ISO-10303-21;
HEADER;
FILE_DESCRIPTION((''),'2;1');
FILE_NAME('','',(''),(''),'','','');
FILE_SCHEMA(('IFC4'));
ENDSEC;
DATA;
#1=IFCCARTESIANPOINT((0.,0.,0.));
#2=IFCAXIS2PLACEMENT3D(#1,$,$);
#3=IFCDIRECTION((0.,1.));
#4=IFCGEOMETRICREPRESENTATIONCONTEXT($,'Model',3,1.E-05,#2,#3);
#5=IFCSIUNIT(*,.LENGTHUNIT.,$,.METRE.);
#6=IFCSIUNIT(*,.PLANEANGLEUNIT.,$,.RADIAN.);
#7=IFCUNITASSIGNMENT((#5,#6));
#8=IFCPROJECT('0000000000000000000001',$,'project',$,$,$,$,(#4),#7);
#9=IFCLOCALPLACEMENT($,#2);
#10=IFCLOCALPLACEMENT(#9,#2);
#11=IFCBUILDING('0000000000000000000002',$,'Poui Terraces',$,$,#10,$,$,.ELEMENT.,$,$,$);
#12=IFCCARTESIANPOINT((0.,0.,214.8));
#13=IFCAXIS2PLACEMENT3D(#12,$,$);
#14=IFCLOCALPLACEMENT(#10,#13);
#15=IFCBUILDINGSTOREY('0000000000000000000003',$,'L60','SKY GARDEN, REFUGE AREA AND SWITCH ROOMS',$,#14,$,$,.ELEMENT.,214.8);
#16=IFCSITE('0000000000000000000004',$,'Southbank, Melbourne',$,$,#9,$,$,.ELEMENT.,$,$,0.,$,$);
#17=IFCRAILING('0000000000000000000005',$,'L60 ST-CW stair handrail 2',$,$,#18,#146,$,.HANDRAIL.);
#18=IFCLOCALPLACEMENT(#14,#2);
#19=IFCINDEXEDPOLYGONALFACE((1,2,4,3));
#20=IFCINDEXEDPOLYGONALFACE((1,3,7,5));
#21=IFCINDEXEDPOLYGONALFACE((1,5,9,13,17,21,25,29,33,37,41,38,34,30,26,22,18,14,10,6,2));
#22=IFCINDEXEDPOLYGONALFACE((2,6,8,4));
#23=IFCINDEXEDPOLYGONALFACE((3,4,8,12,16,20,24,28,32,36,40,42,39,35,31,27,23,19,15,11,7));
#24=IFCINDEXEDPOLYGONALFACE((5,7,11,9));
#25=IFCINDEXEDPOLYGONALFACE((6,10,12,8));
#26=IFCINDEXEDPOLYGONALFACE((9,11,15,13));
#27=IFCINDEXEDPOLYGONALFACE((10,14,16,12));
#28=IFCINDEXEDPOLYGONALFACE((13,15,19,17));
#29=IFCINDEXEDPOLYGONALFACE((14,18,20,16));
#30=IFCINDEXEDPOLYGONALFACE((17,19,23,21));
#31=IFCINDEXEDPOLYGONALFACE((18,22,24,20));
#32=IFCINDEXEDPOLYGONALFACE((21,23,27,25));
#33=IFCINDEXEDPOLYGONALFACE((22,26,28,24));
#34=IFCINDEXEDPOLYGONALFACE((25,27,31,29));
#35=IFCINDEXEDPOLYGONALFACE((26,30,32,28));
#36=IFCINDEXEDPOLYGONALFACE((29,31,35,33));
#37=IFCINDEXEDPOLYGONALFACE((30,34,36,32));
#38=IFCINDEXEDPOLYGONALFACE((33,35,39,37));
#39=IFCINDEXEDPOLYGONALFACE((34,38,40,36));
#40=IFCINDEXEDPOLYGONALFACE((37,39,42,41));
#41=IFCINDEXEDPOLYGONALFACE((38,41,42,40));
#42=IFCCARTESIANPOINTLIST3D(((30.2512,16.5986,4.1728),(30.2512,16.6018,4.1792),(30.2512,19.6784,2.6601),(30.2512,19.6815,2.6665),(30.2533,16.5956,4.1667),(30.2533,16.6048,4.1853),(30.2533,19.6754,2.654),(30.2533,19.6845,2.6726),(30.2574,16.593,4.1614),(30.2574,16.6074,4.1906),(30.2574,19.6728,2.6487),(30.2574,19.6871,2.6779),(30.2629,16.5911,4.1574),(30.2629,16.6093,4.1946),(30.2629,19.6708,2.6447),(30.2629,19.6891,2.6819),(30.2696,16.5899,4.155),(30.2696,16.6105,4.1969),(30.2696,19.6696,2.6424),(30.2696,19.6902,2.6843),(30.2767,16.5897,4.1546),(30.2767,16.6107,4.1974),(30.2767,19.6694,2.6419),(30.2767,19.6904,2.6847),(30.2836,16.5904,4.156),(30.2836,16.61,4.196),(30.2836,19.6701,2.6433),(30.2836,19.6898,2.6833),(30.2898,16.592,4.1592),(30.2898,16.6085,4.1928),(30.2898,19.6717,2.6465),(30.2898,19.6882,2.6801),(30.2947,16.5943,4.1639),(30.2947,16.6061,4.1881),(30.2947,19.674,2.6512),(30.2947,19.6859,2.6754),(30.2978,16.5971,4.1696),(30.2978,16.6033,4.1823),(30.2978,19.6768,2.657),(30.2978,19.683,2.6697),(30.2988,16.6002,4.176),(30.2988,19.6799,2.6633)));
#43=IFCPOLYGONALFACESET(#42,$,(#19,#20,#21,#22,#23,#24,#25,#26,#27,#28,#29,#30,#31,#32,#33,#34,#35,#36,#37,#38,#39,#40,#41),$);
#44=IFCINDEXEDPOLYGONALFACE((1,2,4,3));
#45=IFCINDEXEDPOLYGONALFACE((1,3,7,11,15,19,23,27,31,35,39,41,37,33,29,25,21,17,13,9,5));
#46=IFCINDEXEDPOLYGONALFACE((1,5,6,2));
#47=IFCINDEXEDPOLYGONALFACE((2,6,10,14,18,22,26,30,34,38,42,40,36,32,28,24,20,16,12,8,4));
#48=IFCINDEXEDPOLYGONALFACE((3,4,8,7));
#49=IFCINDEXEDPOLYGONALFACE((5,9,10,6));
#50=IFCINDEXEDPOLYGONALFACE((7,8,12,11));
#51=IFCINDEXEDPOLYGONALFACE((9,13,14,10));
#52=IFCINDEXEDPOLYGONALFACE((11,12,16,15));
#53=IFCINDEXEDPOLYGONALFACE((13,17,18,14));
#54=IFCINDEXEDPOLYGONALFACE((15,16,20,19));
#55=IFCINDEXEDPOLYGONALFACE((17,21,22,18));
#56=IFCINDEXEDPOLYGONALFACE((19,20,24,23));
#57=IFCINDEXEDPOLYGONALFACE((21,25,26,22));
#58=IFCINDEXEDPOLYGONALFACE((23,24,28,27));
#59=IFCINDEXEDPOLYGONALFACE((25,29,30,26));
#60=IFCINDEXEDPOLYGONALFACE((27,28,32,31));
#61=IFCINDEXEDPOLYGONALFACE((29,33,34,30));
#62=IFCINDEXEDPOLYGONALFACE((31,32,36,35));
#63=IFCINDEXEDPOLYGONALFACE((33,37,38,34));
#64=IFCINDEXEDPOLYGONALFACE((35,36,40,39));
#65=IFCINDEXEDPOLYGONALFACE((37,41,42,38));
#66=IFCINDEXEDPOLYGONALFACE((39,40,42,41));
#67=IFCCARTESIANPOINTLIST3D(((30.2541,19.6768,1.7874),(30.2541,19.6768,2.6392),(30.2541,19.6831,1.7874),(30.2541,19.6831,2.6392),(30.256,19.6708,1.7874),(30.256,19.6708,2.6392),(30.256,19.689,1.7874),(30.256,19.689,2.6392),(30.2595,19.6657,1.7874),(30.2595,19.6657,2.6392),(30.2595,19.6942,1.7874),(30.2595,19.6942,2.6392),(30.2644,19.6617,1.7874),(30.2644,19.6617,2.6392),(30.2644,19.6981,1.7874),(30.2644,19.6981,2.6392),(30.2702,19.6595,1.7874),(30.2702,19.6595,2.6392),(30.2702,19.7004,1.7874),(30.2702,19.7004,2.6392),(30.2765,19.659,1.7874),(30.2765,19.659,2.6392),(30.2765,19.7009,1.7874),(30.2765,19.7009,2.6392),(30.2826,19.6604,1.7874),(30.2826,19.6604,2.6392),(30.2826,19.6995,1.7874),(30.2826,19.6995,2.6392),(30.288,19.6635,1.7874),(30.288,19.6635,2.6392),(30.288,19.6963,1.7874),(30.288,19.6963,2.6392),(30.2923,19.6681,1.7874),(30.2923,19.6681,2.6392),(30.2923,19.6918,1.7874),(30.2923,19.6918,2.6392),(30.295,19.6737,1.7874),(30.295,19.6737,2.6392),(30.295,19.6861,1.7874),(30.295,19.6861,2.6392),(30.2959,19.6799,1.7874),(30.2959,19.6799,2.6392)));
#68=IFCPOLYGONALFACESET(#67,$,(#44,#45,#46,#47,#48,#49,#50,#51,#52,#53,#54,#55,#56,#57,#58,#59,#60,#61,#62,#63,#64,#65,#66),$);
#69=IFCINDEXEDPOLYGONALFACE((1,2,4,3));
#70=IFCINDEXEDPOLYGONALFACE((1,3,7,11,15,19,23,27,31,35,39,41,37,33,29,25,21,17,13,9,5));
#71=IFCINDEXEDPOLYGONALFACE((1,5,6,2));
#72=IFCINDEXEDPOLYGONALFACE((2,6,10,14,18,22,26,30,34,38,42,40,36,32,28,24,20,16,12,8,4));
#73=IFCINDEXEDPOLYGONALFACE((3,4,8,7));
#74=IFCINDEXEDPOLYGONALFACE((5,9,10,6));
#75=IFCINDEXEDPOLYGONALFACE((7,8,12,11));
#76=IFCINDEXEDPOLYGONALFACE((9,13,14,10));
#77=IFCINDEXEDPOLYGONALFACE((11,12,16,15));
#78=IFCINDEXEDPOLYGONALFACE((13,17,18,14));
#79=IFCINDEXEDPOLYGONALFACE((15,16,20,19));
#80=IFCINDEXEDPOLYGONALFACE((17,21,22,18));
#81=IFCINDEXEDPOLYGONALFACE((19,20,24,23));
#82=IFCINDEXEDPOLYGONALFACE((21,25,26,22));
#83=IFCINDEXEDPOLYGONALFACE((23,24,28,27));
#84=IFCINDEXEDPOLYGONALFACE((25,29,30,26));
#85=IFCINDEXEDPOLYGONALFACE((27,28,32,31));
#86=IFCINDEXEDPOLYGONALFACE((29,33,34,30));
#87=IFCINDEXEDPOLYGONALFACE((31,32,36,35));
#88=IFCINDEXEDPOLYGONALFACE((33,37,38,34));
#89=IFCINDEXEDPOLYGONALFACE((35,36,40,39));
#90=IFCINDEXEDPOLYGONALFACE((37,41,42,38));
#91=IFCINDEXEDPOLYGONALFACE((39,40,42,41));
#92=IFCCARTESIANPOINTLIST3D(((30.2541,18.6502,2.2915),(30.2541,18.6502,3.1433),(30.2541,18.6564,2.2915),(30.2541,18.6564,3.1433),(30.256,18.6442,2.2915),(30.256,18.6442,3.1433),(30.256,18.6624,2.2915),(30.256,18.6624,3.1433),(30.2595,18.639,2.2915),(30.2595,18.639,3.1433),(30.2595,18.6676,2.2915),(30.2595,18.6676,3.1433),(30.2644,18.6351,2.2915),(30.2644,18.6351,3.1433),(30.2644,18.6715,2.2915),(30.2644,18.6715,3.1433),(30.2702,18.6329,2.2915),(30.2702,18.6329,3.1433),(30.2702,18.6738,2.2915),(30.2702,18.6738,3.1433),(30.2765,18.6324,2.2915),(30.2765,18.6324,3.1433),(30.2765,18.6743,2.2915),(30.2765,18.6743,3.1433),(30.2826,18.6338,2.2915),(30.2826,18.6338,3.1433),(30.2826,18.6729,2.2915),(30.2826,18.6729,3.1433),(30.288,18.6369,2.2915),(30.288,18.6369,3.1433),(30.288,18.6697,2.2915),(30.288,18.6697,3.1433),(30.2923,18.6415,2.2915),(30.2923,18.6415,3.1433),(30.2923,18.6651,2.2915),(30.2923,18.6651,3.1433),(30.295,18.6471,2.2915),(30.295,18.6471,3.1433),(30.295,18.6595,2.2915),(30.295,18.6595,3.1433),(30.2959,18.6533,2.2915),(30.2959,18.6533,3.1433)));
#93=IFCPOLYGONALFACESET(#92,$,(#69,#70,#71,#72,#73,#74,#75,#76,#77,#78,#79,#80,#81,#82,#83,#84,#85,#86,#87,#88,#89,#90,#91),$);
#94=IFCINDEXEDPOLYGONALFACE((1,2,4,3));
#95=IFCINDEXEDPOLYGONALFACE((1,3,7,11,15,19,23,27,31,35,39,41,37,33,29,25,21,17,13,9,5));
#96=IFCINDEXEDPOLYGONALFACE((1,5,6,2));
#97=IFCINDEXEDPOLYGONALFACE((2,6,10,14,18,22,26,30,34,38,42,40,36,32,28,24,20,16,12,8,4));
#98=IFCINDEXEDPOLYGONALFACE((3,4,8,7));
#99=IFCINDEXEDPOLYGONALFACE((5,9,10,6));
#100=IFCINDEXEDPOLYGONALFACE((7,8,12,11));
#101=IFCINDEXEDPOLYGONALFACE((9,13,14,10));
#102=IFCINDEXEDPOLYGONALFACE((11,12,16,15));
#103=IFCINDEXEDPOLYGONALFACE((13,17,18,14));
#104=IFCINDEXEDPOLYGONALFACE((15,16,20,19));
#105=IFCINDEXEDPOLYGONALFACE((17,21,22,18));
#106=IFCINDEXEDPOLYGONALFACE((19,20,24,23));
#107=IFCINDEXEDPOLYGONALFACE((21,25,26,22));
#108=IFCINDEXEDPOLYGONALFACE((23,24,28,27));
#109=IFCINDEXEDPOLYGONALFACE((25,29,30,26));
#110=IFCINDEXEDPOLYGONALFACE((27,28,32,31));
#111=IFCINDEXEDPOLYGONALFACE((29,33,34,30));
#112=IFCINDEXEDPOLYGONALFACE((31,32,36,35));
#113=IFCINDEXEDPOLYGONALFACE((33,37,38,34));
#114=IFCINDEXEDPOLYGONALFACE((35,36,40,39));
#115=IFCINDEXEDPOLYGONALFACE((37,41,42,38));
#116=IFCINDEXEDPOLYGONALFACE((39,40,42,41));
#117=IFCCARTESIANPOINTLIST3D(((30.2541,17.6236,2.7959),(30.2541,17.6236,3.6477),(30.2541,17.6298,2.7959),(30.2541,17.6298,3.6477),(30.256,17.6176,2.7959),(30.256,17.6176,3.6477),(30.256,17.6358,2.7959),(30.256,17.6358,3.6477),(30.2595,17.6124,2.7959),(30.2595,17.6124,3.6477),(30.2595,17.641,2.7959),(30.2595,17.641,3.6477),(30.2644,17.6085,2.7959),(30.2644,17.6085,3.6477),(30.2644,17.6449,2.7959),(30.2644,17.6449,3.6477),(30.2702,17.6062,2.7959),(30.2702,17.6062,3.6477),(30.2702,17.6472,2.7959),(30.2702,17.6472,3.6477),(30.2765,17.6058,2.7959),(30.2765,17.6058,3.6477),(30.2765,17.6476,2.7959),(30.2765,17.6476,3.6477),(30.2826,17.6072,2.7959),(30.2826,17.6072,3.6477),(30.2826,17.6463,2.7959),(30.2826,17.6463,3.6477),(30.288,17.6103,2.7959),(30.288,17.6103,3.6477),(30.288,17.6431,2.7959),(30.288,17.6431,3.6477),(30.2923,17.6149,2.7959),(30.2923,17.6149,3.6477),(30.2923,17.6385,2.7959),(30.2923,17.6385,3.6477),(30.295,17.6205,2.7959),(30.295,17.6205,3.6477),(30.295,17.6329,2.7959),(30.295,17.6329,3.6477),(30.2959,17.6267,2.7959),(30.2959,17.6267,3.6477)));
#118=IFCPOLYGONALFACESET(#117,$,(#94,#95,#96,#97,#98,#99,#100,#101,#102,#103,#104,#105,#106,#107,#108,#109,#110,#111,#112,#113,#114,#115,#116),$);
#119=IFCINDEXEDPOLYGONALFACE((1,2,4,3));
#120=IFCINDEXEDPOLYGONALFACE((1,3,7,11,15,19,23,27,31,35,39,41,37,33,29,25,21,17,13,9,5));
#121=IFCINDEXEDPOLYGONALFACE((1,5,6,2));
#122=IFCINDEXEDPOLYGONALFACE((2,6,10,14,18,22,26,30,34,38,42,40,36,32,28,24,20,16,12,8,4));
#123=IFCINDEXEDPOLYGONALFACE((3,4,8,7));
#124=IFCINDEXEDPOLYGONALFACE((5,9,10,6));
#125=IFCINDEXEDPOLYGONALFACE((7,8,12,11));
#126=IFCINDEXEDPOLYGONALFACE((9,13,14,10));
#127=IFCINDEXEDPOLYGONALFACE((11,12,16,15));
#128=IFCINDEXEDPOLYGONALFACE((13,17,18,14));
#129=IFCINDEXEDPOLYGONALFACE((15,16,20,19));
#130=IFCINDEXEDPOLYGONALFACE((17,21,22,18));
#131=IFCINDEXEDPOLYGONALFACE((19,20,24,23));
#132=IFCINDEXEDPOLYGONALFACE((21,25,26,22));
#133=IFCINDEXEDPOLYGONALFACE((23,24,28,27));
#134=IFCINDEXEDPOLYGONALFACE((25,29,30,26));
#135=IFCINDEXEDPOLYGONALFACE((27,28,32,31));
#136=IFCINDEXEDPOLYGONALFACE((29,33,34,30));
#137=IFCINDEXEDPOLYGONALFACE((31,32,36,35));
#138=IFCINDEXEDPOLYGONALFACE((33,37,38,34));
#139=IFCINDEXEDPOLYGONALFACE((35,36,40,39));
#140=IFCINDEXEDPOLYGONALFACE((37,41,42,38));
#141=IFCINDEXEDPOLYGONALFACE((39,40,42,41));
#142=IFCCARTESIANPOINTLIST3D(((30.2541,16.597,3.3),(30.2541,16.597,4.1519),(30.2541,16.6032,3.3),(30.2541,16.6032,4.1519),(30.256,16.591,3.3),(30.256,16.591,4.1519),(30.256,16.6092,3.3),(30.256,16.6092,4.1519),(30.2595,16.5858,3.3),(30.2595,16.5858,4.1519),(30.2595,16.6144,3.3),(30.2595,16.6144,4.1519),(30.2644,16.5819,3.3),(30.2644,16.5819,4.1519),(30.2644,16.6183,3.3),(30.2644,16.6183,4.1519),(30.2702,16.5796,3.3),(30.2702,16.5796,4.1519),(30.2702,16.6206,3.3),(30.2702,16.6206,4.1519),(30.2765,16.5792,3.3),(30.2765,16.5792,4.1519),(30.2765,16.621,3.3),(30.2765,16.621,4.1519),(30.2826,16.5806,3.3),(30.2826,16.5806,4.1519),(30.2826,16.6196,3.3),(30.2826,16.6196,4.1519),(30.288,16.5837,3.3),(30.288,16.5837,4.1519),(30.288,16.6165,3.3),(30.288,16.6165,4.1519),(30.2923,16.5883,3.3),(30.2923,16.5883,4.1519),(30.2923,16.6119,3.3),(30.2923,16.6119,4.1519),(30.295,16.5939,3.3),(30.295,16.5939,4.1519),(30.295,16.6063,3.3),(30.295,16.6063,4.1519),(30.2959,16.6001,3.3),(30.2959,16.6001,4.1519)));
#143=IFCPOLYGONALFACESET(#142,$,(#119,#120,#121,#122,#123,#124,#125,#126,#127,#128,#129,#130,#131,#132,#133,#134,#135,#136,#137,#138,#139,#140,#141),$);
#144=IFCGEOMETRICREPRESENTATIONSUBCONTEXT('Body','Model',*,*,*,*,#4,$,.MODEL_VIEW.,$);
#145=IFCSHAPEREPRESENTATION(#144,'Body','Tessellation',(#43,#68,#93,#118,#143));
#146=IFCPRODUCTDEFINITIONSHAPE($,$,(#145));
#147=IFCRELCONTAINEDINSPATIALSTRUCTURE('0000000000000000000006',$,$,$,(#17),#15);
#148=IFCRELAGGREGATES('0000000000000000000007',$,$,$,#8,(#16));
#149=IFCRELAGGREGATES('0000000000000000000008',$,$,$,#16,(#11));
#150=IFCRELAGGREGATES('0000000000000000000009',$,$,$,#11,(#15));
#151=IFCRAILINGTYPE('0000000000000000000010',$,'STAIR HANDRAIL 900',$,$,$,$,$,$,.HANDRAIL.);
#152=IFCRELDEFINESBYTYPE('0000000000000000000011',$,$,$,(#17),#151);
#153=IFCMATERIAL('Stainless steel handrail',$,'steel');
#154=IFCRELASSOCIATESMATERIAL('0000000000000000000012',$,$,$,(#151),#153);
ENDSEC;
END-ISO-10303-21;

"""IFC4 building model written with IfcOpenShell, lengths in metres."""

from ifc_helpers import new_model, si_unit, direction, frame, origin, origin_2d, place, context, subcontext, project, spatial, circle, extrude, material, type_object, element, save


model = new_model("IFC4")

# Units and contexts
model_context = context("Model", 3, precision=1e-05, world=origin(), true_north=direction((0.0, 1.0)))
body_context = subcontext(model_context, "Body", "Model", "MODEL_VIEW")
ifc_project = project(units=[si_unit("LENGTHUNIT", "METRE"), si_unit("PLANEANGLEUNIT", "RADIAN")], contexts=[model_context])

# Site, building, storey
site_placement = place(None, origin())
site = spatial("IfcSite", under=ifc_project, at=site_placement, Name="Southbank, Melbourne", CompositionType="ELEMENT", RefElevation=0.0)
building_placement = place(site_placement, origin())
building = spatial("IfcBuilding", under=site, at=building_placement, Name="Poui Terraces", CompositionType="ELEMENT")
storey_placement = place(building_placement, frame((0.0, 0.0, 214.8)))
storey = spatial("IfcBuildingStorey", under=building, at=storey_placement, Name="L60", Description="SKY GARDEN, REFUGE AREA AND SWITCH ROOMS", CompositionType="ELEMENT", Elevation=214.8)

# Railing
ifc_material_1 = material(Name="Stainless steel handrail", Category="steel")
railing_type_1 = type_object("IfcRailingType", Name="STAIR HANDRAIL 900", PredefinedType="HANDRAIL", material=ifc_material_1)
railing_1_placement = place(storey_placement, frame((30.2749, 19.6799, 1.7874)))
element("IfcRailing", 1, at=railing_1_placement, inside=storey, type_object=railing_type_1, Name="L60 ST-CW stair handrail 2", PredefinedType="HANDRAIL", context=body_context, shape_type="SweptSolid", body=[
    extrude(circle(Radius=0.0239, at=origin_2d()), frame((0.0, 0.0, 0.876), z_axis=(0.0, -0.897578, 0.440856), x_axis=(1.0, 0.0, 0.0)), (0.0, 0.0, 1.0), 3.4312),
    extrude(circle(Radius=0.021, at=origin_2d()), origin(), (0.0, 0.0, 1.0), 0.8518),
    extrude(circle(Radius=0.021, at=origin_2d()), frame((0.0, -1.0266, 0.5042)), (0.0, 0.0, 1.0), 0.8518),
    extrude(circle(Radius=0.021, at=origin_2d()), frame((0.0, -2.0532, 1.0085)), (0.0, 0.0, 1.0), 0.8518),
    extrude(circle(Radius=0.021, at=origin_2d()), frame((0.0, -3.0798, 1.5127)), (0.0, 0.0, 1.0), 0.8518),
])

save(model, "model.ifc")
